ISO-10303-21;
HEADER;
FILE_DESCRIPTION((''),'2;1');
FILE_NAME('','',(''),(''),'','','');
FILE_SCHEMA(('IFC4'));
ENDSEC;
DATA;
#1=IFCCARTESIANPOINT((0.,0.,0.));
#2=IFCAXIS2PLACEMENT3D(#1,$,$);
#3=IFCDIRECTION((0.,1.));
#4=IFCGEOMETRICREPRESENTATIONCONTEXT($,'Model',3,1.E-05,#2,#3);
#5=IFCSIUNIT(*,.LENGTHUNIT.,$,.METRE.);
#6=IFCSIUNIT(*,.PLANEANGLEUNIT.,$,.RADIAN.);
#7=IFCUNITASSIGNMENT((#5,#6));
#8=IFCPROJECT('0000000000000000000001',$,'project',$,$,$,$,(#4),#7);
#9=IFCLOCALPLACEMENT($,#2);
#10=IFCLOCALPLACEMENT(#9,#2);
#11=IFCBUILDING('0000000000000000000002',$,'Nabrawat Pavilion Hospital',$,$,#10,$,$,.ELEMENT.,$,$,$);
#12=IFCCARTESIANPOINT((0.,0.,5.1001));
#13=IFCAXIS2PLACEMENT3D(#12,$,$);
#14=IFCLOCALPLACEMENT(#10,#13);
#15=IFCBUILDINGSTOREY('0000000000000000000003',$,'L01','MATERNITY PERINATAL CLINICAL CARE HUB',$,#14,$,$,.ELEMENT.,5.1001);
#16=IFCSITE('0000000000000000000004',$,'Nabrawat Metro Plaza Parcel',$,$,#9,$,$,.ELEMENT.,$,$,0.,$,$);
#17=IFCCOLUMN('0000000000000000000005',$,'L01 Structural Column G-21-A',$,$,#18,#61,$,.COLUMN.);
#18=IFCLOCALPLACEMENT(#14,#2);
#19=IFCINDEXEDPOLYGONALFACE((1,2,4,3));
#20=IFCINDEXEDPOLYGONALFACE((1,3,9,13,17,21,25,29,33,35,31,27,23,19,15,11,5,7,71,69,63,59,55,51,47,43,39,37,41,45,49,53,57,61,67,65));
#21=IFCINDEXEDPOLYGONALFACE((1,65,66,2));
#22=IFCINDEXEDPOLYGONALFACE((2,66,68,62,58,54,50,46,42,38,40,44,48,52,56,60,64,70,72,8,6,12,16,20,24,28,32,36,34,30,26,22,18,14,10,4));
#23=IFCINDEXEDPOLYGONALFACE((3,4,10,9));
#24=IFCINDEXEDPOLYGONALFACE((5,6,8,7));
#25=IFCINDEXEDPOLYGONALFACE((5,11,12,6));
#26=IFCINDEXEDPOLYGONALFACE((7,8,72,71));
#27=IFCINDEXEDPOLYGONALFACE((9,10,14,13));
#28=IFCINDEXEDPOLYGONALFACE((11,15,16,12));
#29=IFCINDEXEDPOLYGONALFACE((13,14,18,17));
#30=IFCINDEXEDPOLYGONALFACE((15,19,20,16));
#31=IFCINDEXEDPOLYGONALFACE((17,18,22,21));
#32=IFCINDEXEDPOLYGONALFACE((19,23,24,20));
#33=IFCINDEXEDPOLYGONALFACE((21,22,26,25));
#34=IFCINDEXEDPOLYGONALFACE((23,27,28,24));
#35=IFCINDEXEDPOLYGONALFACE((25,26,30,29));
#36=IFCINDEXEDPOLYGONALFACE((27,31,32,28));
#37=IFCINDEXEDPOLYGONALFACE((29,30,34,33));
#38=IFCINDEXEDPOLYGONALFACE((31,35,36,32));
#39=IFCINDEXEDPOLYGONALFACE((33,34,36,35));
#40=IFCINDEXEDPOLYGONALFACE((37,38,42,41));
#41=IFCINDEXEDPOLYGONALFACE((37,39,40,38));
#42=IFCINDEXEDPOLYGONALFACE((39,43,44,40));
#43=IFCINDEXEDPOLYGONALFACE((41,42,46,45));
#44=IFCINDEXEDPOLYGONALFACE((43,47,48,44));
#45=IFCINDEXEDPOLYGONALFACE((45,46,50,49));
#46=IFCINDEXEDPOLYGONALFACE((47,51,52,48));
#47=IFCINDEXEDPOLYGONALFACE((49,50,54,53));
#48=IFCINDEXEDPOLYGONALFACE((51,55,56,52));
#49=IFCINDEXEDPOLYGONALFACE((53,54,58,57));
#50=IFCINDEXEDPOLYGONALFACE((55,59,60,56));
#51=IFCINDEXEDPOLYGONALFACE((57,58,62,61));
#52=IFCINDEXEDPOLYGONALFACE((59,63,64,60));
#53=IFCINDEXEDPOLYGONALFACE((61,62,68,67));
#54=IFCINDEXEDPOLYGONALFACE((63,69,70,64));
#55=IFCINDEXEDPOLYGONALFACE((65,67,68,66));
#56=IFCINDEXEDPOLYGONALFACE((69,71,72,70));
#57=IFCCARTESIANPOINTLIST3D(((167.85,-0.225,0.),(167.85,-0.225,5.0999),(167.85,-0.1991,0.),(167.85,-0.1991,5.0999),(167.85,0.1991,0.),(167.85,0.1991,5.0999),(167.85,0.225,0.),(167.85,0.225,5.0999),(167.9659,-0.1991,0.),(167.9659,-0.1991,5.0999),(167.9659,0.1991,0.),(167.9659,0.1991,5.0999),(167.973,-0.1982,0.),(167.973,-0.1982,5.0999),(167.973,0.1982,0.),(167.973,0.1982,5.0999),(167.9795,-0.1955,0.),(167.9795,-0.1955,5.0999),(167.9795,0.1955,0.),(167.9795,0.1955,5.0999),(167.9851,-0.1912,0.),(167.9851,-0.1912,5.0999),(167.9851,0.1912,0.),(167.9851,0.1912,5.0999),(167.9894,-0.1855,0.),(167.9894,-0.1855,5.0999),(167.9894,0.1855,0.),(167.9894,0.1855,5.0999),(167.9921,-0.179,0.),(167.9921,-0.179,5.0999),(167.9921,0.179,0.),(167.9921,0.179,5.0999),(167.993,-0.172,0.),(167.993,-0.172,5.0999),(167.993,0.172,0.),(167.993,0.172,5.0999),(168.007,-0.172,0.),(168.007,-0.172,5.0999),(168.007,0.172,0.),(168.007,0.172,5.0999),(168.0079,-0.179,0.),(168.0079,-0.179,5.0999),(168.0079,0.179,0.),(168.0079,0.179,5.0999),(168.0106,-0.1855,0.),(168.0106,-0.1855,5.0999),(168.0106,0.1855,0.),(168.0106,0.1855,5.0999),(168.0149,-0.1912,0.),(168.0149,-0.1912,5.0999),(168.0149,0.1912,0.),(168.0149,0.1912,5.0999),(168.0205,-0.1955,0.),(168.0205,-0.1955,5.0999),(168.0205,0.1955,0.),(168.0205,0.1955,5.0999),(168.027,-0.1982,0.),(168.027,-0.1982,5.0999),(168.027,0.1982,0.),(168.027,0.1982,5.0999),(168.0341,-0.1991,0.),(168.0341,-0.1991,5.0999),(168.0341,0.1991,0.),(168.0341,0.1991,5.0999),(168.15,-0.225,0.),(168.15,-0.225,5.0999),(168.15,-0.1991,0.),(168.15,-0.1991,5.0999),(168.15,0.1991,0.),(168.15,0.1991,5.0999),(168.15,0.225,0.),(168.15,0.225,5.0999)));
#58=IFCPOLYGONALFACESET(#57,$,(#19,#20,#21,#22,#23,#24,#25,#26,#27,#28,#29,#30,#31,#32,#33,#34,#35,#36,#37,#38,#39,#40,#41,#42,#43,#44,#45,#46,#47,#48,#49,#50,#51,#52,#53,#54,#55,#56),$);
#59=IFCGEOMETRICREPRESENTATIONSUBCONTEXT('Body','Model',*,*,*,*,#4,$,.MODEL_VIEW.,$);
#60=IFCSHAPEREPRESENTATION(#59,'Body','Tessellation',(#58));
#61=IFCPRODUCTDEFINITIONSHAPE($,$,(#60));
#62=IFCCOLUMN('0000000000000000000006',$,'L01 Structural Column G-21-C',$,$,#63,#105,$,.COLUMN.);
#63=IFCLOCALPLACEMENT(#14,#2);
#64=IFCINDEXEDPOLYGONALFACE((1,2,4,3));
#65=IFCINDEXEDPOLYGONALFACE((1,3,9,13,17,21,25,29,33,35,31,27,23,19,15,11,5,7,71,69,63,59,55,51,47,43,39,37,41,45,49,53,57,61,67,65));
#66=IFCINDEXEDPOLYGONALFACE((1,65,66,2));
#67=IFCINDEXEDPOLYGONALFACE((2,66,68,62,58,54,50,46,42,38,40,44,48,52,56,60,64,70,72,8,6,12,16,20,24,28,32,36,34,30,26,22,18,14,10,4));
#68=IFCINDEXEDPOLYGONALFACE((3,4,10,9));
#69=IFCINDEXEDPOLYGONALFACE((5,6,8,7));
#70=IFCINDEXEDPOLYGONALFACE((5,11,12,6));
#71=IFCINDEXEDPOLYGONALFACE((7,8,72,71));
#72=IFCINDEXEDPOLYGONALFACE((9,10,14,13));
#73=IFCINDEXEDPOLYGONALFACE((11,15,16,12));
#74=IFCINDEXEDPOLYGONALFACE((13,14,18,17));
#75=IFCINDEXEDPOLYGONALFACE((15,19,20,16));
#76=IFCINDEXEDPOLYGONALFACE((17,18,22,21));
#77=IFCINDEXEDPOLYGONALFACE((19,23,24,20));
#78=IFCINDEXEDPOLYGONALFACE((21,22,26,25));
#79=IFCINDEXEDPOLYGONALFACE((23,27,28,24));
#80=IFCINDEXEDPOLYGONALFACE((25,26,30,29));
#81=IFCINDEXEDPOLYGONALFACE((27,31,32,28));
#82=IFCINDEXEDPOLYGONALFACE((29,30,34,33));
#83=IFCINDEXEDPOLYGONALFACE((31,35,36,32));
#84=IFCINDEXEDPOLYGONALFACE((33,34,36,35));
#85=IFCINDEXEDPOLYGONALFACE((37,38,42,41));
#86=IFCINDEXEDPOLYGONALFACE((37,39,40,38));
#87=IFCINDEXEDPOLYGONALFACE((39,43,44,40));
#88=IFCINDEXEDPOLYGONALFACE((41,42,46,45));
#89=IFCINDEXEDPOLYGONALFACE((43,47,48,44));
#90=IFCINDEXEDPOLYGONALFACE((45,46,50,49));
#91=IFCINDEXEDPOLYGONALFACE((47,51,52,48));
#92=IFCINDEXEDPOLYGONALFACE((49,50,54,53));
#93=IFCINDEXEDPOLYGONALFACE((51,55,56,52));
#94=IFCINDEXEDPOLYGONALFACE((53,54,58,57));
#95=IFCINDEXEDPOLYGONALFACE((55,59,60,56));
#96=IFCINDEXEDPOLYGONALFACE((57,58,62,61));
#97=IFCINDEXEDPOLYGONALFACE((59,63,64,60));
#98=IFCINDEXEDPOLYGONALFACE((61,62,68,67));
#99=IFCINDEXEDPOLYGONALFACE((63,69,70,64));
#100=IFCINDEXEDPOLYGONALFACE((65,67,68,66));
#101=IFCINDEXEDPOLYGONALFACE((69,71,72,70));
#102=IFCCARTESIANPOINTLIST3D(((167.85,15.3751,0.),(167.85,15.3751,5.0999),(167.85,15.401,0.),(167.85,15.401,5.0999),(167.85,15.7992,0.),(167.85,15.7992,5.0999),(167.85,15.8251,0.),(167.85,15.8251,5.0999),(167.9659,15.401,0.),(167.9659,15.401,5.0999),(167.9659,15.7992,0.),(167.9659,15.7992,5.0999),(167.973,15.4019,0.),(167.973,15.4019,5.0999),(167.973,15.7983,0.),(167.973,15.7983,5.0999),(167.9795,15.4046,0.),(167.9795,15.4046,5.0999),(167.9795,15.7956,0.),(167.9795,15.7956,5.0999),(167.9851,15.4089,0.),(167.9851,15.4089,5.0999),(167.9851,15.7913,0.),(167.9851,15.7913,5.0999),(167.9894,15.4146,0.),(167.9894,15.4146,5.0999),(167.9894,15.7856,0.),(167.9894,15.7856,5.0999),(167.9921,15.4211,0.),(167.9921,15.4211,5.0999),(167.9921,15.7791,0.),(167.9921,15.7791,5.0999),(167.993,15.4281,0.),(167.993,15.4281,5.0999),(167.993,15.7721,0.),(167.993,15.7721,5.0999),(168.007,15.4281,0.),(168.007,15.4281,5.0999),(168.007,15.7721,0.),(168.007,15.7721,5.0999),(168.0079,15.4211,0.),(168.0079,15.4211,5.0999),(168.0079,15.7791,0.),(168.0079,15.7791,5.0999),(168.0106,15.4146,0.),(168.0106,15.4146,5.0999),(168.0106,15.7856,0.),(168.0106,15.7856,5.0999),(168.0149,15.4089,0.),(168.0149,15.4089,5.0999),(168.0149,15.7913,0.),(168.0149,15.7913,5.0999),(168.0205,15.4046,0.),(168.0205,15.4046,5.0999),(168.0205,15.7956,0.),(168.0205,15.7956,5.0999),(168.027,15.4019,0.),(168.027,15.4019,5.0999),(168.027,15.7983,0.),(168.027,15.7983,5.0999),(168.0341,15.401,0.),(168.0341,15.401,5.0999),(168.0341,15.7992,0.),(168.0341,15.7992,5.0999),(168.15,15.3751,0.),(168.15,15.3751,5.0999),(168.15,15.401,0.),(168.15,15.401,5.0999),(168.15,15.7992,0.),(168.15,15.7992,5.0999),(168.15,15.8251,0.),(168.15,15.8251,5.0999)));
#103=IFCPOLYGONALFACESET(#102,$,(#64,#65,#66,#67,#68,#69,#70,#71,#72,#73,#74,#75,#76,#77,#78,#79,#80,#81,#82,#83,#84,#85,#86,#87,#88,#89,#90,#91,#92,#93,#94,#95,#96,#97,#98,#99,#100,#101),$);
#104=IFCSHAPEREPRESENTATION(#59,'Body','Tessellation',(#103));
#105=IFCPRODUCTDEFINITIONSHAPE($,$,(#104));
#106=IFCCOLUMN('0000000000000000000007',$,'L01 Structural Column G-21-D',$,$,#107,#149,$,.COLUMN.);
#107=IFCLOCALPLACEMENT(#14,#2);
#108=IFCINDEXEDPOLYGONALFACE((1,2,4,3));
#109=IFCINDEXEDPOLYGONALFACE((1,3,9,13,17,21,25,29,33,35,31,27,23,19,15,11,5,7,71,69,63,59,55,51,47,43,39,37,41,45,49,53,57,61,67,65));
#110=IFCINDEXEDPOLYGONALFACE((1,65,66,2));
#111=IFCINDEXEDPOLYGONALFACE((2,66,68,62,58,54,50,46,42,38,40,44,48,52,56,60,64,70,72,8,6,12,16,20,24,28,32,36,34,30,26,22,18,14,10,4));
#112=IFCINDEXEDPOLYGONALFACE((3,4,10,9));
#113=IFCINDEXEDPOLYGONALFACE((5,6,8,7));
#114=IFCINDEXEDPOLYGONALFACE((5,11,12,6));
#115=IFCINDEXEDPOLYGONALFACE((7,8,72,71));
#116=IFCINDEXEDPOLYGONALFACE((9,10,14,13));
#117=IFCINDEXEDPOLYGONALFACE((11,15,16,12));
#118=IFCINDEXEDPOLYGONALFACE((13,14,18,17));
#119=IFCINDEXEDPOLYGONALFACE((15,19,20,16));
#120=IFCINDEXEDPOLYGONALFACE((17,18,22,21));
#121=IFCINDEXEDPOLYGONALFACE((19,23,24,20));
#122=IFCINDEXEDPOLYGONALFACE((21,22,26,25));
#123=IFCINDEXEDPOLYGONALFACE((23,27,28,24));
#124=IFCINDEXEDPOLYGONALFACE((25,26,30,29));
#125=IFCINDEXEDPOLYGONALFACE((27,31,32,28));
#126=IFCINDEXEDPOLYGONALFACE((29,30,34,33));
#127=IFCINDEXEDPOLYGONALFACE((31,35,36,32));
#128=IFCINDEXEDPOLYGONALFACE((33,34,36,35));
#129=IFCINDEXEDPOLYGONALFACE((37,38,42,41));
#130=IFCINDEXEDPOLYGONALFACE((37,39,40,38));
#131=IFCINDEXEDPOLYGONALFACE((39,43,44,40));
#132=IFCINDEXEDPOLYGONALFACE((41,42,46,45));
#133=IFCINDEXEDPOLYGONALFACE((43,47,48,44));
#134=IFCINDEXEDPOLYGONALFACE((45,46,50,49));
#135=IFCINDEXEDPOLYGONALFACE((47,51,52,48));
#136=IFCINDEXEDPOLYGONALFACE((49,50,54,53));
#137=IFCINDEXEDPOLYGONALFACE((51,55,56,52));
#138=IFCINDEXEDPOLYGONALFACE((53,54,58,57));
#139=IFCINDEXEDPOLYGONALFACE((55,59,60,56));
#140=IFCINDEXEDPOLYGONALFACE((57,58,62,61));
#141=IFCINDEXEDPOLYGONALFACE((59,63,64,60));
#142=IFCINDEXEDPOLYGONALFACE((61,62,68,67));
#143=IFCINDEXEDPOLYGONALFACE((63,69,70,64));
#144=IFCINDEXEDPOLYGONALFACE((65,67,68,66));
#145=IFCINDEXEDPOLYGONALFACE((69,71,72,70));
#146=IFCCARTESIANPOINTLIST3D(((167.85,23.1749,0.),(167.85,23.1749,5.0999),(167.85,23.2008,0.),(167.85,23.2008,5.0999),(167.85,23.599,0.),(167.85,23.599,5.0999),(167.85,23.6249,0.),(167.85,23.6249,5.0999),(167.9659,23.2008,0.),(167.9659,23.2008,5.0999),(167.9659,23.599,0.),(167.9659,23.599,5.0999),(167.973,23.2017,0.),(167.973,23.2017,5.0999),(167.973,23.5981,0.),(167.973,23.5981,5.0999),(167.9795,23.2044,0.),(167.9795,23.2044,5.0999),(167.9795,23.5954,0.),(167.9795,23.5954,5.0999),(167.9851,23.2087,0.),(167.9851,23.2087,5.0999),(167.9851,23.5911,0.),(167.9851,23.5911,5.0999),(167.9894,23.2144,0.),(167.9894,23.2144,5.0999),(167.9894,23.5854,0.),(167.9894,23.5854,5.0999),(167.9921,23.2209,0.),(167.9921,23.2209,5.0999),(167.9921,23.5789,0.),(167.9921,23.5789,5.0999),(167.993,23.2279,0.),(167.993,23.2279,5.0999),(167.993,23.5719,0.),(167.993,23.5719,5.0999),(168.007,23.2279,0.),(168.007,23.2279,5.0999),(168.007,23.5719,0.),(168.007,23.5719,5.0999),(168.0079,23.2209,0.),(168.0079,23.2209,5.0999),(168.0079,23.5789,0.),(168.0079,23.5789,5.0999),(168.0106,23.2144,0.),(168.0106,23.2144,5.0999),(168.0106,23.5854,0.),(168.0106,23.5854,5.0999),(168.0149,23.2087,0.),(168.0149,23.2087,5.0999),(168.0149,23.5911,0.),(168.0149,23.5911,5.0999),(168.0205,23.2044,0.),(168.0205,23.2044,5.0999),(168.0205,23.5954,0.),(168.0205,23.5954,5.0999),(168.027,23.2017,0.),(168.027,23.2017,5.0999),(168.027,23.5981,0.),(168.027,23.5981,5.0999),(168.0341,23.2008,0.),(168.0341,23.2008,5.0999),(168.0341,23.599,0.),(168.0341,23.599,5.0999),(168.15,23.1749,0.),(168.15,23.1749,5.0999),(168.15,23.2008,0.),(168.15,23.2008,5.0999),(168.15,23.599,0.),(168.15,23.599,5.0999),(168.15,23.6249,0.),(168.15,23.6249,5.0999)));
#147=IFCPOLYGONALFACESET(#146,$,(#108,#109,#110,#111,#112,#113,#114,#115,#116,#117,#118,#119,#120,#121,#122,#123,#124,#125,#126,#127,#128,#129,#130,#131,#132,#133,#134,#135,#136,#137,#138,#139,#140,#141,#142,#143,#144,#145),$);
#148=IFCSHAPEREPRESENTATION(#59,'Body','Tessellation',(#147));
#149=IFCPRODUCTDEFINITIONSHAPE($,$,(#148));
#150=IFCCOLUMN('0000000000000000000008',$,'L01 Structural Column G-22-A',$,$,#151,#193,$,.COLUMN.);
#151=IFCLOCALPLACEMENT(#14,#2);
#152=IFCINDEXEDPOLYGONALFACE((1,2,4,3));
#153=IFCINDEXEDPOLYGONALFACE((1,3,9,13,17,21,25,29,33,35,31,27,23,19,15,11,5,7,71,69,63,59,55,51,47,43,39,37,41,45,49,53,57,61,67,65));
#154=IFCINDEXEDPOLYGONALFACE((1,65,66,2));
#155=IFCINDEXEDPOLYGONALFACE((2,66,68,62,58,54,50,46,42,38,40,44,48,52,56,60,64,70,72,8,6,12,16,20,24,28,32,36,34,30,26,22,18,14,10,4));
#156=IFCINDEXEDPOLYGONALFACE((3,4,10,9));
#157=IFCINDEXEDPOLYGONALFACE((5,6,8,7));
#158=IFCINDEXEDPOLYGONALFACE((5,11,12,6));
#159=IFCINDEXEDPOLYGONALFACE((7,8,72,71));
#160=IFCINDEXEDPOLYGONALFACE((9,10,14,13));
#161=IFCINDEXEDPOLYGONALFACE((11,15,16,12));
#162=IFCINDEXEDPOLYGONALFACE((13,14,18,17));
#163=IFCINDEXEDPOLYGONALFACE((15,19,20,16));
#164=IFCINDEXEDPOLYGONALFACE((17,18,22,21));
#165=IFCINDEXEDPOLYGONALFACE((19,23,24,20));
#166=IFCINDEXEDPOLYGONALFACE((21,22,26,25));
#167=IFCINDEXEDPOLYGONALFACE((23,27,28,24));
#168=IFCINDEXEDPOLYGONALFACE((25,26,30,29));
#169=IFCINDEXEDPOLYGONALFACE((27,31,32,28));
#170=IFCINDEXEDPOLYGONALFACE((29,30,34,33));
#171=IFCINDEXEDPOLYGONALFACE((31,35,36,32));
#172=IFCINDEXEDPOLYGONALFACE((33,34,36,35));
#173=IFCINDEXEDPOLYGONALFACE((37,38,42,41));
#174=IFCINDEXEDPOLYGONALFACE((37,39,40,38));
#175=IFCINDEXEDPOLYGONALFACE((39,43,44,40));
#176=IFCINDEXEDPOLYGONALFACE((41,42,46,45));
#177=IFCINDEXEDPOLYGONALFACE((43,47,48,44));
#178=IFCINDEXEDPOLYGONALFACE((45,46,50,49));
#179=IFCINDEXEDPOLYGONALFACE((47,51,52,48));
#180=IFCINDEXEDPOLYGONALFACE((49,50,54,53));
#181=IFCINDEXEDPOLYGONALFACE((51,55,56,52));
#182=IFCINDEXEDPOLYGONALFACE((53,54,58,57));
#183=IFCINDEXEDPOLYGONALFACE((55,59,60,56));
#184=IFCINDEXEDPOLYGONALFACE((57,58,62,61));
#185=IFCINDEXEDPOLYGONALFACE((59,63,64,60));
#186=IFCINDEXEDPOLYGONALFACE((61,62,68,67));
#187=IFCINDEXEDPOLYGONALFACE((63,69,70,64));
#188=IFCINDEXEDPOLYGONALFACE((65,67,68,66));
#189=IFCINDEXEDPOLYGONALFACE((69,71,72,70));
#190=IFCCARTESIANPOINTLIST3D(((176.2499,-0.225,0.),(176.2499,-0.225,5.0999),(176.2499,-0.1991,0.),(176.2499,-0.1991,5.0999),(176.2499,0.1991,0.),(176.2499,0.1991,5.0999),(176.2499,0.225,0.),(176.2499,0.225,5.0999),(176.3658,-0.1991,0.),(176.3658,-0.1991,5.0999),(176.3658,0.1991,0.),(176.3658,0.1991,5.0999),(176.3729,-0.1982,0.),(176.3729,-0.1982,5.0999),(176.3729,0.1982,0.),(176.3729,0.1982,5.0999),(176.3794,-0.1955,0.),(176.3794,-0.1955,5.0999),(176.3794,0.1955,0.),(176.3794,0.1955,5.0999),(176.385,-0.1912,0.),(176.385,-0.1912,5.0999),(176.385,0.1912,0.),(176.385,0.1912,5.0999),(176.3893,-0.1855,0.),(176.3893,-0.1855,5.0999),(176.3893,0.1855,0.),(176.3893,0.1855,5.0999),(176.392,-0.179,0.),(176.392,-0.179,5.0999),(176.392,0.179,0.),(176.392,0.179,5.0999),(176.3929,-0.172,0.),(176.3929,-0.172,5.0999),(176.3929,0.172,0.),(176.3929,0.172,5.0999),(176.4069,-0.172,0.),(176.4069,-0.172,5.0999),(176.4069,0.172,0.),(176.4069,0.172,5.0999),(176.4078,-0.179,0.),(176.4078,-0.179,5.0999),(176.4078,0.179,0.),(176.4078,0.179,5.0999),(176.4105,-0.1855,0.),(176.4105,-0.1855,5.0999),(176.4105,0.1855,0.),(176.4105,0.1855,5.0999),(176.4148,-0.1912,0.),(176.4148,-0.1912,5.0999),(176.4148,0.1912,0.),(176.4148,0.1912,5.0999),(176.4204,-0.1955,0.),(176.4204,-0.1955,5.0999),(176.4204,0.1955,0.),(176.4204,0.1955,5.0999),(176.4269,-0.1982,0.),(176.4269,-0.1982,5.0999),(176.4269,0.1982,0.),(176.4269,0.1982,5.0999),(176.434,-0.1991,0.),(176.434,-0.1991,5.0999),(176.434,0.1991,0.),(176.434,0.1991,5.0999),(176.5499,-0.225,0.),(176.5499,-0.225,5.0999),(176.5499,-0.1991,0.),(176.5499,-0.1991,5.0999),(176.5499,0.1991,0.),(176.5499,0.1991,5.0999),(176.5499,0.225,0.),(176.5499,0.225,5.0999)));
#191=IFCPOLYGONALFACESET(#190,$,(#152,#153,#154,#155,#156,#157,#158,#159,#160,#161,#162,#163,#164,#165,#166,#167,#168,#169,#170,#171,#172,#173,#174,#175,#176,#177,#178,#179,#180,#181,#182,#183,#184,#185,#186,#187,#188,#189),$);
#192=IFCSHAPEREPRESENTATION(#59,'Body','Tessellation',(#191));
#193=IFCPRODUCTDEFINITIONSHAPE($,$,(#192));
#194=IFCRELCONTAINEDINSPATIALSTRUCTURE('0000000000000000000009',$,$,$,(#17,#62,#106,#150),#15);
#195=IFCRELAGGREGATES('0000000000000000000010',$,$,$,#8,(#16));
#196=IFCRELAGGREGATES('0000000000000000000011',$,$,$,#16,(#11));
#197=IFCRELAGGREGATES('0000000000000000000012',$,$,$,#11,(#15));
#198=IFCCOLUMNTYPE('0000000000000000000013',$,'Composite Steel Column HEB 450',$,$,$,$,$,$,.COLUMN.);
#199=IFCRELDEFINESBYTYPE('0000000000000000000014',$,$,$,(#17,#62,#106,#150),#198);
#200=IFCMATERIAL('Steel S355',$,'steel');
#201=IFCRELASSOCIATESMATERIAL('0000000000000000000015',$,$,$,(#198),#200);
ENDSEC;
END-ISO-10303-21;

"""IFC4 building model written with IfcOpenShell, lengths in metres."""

from ifc_helpers import new_model, si_unit, direction, frame, origin, origin_2d, place, context, subcontext, project, spatial, i_section, extrude, material, material_profile, profile_set, type_object, element, save


model = new_model("IFC4")

# Units and contexts
model_context = context("Model", 3, precision=1e-05, world=origin(), true_north=direction((0.0, 1.0)))
body_context = subcontext(model_context, "Body", "Model", "MODEL_VIEW")
ifc_project = project(units=[si_unit("LENGTHUNIT", "METRE"), si_unit("PLANEANGLEUNIT", "RADIAN")], contexts=[model_context])

# Site, building, storey
site_placement = place(None, origin())
site = spatial("IfcSite", under=ifc_project, at=site_placement, Name="Nabrawat Metro Plaza Parcel", CompositionType="ELEMENT", RefElevation=0.0)
building_placement = place(site_placement, origin())
building = spatial("IfcBuilding", under=site, at=building_placement, Name="Nabrawat Pavilion Hospital", CompositionType="ELEMENT")
storey_placement = place(building_placement, frame((0.0, 0.0, 5.1001)))
storey = spatial("IfcBuildingStorey", under=building, at=storey_placement, Name="L01", Description="MATERNITY PERINATAL CLINICAL CARE HUB", CompositionType="ELEMENT", Elevation=5.1001)

# Columns
ifc_material_1 = material(Name="Steel S355", Category="steel")
ifc_material_profile_1 = material_profile(ifc_material_1, i_section(OverallWidth=0.3, OverallDepth=0.45, WebThickness=0.0139, FlangeThickness=0.0259, FilletRadius=0.0271, at=origin_2d()), Name="HEB 450")
ifc_profile_set_1 = profile_set([ifc_material_profile_1], Name="Steel S355")
column_type = type_object("IfcColumnType", Name="Composite Steel Column HEB 450", PredefinedType="COLUMN", material=ifc_profile_set_1)
for number, where, z_axis, x_axis, name in (
    (1, (168.0, 0.0, 0.0), (0.0, 0.0, 1.0), (1.0, 0.0, 0.0), "L01 Structural Column G-21-A"),
    (2, (168.0, 15.6001, 0.0), (0.0, 0.0, 1.0), (1.0, 0.0, 0.0), "L01 Structural Column G-21-C"),
    (3, (168.0, 23.3999, 0.0), (0.0, 0.0, 1.0), (1.0, 0.0, 0.0), "L01 Structural Column G-21-D"),
    (4, (176.3999, 0.0, 0.0), (0.0, 0.0, 1.0), (1.0, 0.0, 0.0), "L01 Structural Column G-22-A"),
):
    element("IfcColumn", number, at=place(storey_placement, frame(where, z_axis=z_axis, x_axis=x_axis)), inside=storey, type_object=column_type, Name=name, PredefinedType="COLUMN", context=body_context, shape_type="SweptSolid", body=[
        extrude(i_section(OverallWidth=0.3, OverallDepth=0.45, WebThickness=0.0139, FlangeThickness=0.0259, FilletRadius=0.0271, at=origin_2d()), origin(), (0.0, 0.0, 1.0), 5.0999),
    ])

save(model, "model.ifc")
